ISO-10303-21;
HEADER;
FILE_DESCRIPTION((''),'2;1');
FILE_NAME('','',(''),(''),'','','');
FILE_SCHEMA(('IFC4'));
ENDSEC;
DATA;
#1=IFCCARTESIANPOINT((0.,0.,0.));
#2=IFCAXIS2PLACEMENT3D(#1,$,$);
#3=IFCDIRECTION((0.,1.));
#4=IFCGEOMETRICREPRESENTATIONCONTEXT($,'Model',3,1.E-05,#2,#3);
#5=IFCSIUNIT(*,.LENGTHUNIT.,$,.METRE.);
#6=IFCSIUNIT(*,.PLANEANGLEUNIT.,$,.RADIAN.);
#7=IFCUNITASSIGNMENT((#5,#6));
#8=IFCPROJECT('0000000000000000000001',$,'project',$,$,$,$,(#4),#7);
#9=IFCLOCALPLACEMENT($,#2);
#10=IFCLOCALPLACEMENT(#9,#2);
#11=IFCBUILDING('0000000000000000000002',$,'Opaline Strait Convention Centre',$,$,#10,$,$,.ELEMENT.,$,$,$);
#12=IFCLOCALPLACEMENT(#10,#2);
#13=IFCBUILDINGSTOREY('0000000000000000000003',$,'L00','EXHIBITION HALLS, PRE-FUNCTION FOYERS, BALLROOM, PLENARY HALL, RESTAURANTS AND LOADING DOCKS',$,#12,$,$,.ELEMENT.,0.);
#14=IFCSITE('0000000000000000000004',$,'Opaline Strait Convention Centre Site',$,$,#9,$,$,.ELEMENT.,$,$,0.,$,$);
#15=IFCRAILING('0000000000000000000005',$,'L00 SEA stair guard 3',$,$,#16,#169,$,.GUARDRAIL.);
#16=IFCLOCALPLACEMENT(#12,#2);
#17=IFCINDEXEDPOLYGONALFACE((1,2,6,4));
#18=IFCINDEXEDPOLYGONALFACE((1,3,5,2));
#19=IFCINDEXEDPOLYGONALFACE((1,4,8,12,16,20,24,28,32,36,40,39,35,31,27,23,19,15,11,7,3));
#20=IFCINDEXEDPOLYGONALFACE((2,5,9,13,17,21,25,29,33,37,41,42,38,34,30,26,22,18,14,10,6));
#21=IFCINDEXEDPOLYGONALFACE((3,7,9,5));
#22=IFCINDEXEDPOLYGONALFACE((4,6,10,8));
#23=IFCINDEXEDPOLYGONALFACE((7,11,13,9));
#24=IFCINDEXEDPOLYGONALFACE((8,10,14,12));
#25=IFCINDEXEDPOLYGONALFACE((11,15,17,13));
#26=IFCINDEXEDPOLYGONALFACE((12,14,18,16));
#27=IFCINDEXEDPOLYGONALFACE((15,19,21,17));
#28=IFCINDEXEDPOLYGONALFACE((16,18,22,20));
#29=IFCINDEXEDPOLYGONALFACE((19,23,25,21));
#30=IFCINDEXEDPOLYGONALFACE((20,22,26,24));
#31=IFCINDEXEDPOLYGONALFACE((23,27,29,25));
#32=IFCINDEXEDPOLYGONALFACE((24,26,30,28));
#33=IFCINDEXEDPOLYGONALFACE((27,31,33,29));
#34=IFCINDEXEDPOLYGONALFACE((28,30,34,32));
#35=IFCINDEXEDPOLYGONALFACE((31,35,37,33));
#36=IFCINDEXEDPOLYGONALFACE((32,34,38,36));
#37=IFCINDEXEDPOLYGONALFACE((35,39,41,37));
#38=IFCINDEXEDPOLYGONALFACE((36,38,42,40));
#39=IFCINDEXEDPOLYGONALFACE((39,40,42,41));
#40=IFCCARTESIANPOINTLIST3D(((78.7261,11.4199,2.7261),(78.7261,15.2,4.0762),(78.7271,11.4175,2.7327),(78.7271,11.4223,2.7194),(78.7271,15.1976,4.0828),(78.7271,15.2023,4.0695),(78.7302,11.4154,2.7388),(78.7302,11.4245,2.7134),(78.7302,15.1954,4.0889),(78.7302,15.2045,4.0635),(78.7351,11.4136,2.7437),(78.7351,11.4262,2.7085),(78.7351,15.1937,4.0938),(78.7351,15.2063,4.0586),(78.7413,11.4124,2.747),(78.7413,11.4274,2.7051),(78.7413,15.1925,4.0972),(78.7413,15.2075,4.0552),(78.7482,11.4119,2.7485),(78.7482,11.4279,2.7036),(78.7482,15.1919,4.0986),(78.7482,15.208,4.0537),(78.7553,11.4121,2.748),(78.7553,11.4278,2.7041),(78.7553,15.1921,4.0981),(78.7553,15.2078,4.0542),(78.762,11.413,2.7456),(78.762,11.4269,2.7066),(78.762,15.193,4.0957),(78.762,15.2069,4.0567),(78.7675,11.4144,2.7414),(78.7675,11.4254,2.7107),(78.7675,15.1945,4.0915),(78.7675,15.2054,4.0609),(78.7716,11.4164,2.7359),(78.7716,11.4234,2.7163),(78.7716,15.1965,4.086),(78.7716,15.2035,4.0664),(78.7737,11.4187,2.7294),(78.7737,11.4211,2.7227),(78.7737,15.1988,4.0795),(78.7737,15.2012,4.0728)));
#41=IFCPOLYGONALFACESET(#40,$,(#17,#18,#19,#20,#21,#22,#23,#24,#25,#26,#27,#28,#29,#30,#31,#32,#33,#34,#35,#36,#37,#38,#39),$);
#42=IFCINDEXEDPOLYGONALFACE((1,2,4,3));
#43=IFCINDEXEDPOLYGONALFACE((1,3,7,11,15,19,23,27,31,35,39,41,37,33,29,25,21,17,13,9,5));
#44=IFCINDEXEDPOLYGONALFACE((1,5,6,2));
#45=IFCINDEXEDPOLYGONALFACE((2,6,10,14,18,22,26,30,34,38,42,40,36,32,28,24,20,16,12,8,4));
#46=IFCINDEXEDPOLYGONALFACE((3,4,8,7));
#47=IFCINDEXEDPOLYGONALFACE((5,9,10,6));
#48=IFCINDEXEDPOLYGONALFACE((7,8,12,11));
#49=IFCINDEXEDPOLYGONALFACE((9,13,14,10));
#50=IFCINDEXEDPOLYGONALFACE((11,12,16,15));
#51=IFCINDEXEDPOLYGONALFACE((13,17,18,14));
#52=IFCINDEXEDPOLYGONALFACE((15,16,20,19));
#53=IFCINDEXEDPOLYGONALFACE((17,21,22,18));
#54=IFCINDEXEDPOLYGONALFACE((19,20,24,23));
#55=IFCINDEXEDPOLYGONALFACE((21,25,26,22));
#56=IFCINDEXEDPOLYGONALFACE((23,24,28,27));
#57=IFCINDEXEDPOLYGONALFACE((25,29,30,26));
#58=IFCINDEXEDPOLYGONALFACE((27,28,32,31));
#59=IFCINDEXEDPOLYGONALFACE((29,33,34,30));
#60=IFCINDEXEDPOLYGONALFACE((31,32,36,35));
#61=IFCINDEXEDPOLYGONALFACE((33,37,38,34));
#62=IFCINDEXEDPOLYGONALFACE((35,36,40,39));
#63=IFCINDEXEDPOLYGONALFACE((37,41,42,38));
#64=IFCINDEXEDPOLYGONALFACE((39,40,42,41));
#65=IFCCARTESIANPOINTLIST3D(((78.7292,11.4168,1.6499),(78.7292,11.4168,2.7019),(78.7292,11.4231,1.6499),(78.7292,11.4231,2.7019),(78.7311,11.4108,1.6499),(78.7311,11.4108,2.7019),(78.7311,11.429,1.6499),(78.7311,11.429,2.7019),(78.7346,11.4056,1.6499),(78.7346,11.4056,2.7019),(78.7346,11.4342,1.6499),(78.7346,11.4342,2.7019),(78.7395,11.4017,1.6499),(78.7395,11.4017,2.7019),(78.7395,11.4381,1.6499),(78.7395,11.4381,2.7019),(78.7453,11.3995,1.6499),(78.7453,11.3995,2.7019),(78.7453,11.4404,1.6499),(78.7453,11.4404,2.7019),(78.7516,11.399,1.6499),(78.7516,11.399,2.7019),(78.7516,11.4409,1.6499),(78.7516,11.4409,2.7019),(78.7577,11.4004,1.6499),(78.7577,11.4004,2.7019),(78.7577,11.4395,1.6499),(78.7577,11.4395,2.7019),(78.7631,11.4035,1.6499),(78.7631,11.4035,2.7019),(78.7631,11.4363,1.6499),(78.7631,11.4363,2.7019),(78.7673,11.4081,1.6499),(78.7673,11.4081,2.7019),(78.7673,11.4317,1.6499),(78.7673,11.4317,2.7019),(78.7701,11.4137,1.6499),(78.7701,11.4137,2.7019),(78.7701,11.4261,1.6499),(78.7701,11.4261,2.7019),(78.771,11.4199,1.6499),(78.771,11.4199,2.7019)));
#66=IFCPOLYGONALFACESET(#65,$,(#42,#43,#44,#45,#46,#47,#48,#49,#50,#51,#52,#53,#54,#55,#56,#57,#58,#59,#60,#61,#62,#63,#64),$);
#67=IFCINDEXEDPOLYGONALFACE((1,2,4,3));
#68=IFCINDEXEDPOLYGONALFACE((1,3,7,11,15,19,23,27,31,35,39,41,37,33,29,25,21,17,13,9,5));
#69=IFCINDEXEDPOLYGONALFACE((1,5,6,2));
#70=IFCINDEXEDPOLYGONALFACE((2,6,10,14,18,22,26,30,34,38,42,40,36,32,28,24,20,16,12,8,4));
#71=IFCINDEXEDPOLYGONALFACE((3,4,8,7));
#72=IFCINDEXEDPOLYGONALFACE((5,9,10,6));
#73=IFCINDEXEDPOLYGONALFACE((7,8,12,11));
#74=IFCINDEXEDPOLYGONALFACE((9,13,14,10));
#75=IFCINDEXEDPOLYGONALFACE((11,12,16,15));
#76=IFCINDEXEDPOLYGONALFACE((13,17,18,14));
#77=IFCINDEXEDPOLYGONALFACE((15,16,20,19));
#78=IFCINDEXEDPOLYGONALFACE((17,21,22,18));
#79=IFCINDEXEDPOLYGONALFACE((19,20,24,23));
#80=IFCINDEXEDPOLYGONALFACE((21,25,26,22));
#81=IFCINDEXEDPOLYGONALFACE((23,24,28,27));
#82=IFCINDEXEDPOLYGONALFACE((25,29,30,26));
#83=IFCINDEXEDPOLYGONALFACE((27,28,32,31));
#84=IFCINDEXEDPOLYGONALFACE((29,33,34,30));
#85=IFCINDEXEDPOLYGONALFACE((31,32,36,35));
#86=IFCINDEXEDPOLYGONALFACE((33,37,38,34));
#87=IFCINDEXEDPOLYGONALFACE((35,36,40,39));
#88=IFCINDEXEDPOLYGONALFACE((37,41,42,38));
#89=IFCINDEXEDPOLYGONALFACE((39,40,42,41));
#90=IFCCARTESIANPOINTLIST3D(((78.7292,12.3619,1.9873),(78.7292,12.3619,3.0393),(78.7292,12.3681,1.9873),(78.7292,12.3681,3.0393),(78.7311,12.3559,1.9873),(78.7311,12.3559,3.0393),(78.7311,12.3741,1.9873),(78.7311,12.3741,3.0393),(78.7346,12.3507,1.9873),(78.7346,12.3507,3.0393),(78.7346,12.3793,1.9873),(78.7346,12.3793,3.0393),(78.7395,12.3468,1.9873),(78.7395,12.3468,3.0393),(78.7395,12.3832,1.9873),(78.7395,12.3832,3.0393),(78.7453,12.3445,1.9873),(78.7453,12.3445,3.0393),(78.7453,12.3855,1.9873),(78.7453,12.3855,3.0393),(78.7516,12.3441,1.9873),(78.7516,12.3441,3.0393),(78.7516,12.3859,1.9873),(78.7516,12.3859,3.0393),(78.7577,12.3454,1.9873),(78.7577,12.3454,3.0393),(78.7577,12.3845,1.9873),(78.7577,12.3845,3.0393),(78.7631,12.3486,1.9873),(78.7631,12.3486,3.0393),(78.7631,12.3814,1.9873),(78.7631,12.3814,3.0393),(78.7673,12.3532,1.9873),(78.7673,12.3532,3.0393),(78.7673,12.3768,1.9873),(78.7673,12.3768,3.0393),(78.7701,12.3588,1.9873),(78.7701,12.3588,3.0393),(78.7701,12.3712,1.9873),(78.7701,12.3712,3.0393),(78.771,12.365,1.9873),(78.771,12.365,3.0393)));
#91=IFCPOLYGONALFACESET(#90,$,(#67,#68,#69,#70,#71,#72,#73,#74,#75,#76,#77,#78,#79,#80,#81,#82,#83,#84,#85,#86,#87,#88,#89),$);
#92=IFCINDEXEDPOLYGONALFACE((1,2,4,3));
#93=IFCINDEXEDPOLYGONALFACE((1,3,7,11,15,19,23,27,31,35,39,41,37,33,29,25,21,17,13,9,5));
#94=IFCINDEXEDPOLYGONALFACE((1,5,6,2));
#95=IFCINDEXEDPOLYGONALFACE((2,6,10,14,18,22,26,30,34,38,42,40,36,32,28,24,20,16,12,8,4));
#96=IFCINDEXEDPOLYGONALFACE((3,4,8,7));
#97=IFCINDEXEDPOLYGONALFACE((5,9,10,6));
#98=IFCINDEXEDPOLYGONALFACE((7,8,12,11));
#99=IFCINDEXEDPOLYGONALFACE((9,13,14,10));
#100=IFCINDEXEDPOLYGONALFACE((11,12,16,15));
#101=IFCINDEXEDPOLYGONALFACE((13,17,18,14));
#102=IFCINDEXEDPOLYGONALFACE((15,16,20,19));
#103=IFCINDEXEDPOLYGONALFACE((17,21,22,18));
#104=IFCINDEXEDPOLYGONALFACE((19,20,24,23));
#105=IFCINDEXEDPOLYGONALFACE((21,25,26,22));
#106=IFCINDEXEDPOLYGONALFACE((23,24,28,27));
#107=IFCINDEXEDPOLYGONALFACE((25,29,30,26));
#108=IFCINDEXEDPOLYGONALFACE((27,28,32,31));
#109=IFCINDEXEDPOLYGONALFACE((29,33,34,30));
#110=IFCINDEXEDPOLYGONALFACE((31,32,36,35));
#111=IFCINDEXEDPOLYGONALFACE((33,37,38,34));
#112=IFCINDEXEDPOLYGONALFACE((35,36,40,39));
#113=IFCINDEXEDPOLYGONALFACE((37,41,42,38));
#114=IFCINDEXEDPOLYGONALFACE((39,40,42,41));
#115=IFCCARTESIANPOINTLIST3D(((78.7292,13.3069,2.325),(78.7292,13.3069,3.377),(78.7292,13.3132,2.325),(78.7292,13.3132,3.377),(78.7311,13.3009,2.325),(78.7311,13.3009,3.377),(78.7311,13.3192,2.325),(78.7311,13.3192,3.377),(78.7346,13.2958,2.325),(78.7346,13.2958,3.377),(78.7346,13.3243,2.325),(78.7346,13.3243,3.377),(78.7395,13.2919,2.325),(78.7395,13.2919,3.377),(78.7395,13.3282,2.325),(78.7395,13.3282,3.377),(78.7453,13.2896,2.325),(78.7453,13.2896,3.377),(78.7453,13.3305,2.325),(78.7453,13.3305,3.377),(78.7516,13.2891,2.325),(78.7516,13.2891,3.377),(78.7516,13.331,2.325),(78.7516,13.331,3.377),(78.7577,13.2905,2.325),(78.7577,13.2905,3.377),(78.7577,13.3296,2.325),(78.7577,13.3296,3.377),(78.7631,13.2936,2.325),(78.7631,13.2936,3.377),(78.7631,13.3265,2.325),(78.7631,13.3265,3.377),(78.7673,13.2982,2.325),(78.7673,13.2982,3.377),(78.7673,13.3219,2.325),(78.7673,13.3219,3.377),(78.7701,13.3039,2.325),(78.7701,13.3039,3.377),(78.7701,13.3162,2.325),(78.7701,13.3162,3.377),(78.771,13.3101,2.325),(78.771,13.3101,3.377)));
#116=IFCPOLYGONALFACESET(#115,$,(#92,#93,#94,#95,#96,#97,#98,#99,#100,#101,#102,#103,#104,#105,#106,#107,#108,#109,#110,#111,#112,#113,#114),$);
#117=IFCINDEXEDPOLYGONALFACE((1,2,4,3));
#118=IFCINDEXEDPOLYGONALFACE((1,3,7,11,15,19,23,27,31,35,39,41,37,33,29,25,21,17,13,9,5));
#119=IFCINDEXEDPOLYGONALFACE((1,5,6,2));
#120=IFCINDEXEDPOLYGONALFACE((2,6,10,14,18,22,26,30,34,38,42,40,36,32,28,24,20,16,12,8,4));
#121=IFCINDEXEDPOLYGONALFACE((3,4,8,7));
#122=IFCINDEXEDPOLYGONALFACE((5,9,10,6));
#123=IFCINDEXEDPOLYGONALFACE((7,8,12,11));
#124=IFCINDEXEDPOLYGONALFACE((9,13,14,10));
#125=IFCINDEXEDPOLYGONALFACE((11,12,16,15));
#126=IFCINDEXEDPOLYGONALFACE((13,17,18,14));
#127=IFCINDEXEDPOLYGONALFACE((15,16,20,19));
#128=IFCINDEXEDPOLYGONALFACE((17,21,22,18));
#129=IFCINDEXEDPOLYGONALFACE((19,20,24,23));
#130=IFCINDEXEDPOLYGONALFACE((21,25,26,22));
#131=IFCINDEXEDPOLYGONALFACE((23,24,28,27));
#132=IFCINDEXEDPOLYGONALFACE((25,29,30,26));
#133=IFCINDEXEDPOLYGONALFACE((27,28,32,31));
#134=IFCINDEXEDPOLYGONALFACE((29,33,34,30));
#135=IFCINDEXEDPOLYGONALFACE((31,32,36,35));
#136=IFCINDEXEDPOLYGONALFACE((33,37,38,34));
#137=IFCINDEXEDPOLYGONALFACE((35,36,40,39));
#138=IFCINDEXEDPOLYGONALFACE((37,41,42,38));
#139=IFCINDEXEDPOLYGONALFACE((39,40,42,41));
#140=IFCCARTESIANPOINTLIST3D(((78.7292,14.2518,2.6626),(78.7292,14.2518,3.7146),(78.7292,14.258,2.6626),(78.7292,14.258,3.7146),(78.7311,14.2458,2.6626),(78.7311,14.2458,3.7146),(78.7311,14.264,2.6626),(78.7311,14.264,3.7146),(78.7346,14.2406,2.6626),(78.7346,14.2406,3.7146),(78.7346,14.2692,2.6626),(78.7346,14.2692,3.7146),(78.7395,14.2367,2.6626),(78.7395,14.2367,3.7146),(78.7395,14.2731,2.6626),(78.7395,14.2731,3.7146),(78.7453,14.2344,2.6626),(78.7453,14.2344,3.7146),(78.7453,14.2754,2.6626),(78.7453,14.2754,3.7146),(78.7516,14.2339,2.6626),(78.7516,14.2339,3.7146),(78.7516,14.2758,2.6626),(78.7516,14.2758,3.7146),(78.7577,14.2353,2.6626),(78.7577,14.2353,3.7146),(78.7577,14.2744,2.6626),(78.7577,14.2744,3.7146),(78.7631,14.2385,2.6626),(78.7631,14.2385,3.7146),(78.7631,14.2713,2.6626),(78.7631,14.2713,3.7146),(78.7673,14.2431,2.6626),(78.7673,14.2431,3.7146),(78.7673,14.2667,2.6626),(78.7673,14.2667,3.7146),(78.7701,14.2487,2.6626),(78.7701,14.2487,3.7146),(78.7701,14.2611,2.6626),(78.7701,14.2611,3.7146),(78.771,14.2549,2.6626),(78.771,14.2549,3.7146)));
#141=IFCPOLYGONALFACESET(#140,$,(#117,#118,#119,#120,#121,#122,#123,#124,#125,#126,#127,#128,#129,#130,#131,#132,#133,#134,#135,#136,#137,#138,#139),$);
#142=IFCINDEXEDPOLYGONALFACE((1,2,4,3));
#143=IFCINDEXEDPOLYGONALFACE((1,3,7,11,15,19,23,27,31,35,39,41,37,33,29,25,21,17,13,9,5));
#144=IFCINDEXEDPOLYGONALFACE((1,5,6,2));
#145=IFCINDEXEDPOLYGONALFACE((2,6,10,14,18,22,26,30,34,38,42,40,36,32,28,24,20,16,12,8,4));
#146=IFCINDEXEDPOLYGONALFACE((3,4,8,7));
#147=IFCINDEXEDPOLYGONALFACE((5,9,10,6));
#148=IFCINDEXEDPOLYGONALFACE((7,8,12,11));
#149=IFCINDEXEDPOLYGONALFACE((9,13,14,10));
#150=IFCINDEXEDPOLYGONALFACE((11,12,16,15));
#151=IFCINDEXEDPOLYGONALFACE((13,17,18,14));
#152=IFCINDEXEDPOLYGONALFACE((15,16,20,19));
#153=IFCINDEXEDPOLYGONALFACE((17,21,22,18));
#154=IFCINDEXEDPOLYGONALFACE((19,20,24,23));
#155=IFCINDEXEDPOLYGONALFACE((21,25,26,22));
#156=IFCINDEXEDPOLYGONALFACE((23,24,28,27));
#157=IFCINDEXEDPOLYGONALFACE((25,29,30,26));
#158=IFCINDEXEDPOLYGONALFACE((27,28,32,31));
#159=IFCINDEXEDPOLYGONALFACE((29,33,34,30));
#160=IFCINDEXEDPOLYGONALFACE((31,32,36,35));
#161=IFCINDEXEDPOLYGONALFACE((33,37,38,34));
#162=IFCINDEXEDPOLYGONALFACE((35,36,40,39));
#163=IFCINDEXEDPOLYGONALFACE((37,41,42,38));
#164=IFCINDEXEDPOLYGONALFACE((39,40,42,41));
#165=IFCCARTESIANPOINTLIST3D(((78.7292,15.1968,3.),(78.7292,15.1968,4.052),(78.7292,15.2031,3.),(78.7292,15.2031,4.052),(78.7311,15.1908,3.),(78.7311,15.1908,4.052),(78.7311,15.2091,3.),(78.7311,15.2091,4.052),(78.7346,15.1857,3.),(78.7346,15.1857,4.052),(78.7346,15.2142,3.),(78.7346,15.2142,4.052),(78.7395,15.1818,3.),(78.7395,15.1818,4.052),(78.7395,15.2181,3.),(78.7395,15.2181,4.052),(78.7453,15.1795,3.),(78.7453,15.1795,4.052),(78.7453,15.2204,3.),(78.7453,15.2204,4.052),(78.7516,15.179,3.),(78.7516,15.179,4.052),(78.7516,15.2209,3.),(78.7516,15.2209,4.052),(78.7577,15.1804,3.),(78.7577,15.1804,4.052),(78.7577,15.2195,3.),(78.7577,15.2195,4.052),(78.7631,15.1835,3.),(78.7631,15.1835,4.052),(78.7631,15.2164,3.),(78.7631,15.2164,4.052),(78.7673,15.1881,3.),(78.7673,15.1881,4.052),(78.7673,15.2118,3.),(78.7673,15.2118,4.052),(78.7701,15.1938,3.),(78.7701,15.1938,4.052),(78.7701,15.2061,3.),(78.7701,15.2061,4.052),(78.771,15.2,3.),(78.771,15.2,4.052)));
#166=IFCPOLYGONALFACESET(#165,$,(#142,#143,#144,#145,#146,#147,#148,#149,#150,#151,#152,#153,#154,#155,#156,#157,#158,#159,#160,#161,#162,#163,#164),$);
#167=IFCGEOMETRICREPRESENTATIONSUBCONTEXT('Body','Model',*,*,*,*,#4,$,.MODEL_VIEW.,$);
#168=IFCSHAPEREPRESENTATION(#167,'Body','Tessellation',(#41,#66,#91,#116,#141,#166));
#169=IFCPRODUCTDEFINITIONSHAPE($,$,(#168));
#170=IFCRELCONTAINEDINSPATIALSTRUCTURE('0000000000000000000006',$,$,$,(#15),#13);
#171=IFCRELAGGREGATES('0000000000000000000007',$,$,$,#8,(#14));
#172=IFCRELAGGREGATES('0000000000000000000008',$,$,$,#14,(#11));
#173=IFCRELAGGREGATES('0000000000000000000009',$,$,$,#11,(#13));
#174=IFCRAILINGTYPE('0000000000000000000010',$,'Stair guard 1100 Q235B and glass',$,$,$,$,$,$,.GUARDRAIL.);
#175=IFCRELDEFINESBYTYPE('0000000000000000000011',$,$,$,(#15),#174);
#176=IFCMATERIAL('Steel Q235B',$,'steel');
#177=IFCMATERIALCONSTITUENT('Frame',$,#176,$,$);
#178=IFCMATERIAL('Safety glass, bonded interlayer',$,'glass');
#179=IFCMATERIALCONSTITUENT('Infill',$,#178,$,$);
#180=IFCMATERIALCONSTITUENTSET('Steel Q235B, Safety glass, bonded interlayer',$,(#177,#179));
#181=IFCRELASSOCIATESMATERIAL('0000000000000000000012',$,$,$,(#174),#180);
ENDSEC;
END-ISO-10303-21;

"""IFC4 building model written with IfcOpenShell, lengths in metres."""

from ifc_helpers import new_model, si_unit, direction, frame, origin, origin_2d, place, context, subcontext, project, spatial, circle, extrude, material, constituent, constituent_set, type_object, element, save


model = new_model("IFC4")

# Units and contexts
model_context = context("Model", 3, precision=1e-05, world=origin(), true_north=direction((0.0, 1.0)))
body_context = subcontext(model_context, "Body", "Model", "MODEL_VIEW")
ifc_project = project(units=[si_unit("LENGTHUNIT", "METRE"), si_unit("PLANEANGLEUNIT", "RADIAN")], contexts=[model_context])

# Site, building, storey
site_placement = place(None, origin())
site = spatial("IfcSite", under=ifc_project, at=site_placement, Name="Opaline Strait Convention Centre Site", CompositionType="ELEMENT", RefElevation=0.0)
building_placement = place(site_placement, origin())
building = spatial("IfcBuilding", under=site, at=building_placement, Name="Opaline Strait Convention Centre", CompositionType="ELEMENT")
storey_placement = place(building_placement, origin())
storey = spatial("IfcBuildingStorey", under=building, at=storey_placement, Name="L00", Description="EXHIBITION HALLS, PRE-FUNCTION FOYERS, BALLROOM, PLENARY HALL, RESTAURANTS AND LOADING DOCKS", CompositionType="ELEMENT", Elevation=0.0)

# Railing
ifc_material_1 = material(Name="Steel Q235B", Category="steel")
ifc_constituent_1 = constituent(ifc_material_1, Name="Frame")
ifc_material_2 = material(Name="Safety glass, bonded interlayer", Category="glass")
ifc_constituent_2 = constituent(ifc_material_2, Name="Infill")
ifc_constituent_set = constituent_set(constituents=[ifc_constituent_1, ifc_constituent_2], Name="Steel Q235B, Safety glass, bonded interlayer")
railing_type_1 = type_object("IfcRailingType", Name="Stair guard 1100 Q235B and glass", PredefinedType="GUARDRAIL", material=ifc_constituent_set)
railing_1_placement = place(storey_placement, frame((78.75, 11.4199, 1.6499)))
element("IfcRailing", 1, at=railing_1_placement, inside=storey, type_object=railing_type_1, Name="L00 SEA stair guard 3", PredefinedType="GUARDRAIL", context=body_context, shape_type="SweptSolid", body=[
    extrude(circle(Radius=0.0239, at=origin_2d()), frame((0.0, 0.0, 1.0762), z_axis=(0.0, 0.941735, 0.336356), x_axis=(-1.0, 0.0, 0.0)), (0.0, 0.0, 1.0), 4.0139),
    extrude(circle(Radius=0.021, at=origin_2d()), origin(), (0.0, 0.0, 1.0), 1.052),
    extrude(circle(Radius=0.021, at=origin_2d()), frame((0.0, 0.9451, 0.3374)), (0.0, 0.0, 1.0), 1.052),
    extrude(circle(Radius=0.021, at=origin_2d()), frame((0.0, 1.8901, 0.675)), (0.0, 0.0, 1.0), 1.052),
    extrude(circle(Radius=0.021, at=origin_2d()), frame((0.0, 2.835, 1.0127)), (0.0, 0.0, 1.0), 1.052),
    extrude(circle(Radius=0.021, at=origin_2d()), frame((0.0, 3.78, 1.3501)), (0.0, 0.0, 1.0), 1.052),
])

save(model, "model.ifc")
